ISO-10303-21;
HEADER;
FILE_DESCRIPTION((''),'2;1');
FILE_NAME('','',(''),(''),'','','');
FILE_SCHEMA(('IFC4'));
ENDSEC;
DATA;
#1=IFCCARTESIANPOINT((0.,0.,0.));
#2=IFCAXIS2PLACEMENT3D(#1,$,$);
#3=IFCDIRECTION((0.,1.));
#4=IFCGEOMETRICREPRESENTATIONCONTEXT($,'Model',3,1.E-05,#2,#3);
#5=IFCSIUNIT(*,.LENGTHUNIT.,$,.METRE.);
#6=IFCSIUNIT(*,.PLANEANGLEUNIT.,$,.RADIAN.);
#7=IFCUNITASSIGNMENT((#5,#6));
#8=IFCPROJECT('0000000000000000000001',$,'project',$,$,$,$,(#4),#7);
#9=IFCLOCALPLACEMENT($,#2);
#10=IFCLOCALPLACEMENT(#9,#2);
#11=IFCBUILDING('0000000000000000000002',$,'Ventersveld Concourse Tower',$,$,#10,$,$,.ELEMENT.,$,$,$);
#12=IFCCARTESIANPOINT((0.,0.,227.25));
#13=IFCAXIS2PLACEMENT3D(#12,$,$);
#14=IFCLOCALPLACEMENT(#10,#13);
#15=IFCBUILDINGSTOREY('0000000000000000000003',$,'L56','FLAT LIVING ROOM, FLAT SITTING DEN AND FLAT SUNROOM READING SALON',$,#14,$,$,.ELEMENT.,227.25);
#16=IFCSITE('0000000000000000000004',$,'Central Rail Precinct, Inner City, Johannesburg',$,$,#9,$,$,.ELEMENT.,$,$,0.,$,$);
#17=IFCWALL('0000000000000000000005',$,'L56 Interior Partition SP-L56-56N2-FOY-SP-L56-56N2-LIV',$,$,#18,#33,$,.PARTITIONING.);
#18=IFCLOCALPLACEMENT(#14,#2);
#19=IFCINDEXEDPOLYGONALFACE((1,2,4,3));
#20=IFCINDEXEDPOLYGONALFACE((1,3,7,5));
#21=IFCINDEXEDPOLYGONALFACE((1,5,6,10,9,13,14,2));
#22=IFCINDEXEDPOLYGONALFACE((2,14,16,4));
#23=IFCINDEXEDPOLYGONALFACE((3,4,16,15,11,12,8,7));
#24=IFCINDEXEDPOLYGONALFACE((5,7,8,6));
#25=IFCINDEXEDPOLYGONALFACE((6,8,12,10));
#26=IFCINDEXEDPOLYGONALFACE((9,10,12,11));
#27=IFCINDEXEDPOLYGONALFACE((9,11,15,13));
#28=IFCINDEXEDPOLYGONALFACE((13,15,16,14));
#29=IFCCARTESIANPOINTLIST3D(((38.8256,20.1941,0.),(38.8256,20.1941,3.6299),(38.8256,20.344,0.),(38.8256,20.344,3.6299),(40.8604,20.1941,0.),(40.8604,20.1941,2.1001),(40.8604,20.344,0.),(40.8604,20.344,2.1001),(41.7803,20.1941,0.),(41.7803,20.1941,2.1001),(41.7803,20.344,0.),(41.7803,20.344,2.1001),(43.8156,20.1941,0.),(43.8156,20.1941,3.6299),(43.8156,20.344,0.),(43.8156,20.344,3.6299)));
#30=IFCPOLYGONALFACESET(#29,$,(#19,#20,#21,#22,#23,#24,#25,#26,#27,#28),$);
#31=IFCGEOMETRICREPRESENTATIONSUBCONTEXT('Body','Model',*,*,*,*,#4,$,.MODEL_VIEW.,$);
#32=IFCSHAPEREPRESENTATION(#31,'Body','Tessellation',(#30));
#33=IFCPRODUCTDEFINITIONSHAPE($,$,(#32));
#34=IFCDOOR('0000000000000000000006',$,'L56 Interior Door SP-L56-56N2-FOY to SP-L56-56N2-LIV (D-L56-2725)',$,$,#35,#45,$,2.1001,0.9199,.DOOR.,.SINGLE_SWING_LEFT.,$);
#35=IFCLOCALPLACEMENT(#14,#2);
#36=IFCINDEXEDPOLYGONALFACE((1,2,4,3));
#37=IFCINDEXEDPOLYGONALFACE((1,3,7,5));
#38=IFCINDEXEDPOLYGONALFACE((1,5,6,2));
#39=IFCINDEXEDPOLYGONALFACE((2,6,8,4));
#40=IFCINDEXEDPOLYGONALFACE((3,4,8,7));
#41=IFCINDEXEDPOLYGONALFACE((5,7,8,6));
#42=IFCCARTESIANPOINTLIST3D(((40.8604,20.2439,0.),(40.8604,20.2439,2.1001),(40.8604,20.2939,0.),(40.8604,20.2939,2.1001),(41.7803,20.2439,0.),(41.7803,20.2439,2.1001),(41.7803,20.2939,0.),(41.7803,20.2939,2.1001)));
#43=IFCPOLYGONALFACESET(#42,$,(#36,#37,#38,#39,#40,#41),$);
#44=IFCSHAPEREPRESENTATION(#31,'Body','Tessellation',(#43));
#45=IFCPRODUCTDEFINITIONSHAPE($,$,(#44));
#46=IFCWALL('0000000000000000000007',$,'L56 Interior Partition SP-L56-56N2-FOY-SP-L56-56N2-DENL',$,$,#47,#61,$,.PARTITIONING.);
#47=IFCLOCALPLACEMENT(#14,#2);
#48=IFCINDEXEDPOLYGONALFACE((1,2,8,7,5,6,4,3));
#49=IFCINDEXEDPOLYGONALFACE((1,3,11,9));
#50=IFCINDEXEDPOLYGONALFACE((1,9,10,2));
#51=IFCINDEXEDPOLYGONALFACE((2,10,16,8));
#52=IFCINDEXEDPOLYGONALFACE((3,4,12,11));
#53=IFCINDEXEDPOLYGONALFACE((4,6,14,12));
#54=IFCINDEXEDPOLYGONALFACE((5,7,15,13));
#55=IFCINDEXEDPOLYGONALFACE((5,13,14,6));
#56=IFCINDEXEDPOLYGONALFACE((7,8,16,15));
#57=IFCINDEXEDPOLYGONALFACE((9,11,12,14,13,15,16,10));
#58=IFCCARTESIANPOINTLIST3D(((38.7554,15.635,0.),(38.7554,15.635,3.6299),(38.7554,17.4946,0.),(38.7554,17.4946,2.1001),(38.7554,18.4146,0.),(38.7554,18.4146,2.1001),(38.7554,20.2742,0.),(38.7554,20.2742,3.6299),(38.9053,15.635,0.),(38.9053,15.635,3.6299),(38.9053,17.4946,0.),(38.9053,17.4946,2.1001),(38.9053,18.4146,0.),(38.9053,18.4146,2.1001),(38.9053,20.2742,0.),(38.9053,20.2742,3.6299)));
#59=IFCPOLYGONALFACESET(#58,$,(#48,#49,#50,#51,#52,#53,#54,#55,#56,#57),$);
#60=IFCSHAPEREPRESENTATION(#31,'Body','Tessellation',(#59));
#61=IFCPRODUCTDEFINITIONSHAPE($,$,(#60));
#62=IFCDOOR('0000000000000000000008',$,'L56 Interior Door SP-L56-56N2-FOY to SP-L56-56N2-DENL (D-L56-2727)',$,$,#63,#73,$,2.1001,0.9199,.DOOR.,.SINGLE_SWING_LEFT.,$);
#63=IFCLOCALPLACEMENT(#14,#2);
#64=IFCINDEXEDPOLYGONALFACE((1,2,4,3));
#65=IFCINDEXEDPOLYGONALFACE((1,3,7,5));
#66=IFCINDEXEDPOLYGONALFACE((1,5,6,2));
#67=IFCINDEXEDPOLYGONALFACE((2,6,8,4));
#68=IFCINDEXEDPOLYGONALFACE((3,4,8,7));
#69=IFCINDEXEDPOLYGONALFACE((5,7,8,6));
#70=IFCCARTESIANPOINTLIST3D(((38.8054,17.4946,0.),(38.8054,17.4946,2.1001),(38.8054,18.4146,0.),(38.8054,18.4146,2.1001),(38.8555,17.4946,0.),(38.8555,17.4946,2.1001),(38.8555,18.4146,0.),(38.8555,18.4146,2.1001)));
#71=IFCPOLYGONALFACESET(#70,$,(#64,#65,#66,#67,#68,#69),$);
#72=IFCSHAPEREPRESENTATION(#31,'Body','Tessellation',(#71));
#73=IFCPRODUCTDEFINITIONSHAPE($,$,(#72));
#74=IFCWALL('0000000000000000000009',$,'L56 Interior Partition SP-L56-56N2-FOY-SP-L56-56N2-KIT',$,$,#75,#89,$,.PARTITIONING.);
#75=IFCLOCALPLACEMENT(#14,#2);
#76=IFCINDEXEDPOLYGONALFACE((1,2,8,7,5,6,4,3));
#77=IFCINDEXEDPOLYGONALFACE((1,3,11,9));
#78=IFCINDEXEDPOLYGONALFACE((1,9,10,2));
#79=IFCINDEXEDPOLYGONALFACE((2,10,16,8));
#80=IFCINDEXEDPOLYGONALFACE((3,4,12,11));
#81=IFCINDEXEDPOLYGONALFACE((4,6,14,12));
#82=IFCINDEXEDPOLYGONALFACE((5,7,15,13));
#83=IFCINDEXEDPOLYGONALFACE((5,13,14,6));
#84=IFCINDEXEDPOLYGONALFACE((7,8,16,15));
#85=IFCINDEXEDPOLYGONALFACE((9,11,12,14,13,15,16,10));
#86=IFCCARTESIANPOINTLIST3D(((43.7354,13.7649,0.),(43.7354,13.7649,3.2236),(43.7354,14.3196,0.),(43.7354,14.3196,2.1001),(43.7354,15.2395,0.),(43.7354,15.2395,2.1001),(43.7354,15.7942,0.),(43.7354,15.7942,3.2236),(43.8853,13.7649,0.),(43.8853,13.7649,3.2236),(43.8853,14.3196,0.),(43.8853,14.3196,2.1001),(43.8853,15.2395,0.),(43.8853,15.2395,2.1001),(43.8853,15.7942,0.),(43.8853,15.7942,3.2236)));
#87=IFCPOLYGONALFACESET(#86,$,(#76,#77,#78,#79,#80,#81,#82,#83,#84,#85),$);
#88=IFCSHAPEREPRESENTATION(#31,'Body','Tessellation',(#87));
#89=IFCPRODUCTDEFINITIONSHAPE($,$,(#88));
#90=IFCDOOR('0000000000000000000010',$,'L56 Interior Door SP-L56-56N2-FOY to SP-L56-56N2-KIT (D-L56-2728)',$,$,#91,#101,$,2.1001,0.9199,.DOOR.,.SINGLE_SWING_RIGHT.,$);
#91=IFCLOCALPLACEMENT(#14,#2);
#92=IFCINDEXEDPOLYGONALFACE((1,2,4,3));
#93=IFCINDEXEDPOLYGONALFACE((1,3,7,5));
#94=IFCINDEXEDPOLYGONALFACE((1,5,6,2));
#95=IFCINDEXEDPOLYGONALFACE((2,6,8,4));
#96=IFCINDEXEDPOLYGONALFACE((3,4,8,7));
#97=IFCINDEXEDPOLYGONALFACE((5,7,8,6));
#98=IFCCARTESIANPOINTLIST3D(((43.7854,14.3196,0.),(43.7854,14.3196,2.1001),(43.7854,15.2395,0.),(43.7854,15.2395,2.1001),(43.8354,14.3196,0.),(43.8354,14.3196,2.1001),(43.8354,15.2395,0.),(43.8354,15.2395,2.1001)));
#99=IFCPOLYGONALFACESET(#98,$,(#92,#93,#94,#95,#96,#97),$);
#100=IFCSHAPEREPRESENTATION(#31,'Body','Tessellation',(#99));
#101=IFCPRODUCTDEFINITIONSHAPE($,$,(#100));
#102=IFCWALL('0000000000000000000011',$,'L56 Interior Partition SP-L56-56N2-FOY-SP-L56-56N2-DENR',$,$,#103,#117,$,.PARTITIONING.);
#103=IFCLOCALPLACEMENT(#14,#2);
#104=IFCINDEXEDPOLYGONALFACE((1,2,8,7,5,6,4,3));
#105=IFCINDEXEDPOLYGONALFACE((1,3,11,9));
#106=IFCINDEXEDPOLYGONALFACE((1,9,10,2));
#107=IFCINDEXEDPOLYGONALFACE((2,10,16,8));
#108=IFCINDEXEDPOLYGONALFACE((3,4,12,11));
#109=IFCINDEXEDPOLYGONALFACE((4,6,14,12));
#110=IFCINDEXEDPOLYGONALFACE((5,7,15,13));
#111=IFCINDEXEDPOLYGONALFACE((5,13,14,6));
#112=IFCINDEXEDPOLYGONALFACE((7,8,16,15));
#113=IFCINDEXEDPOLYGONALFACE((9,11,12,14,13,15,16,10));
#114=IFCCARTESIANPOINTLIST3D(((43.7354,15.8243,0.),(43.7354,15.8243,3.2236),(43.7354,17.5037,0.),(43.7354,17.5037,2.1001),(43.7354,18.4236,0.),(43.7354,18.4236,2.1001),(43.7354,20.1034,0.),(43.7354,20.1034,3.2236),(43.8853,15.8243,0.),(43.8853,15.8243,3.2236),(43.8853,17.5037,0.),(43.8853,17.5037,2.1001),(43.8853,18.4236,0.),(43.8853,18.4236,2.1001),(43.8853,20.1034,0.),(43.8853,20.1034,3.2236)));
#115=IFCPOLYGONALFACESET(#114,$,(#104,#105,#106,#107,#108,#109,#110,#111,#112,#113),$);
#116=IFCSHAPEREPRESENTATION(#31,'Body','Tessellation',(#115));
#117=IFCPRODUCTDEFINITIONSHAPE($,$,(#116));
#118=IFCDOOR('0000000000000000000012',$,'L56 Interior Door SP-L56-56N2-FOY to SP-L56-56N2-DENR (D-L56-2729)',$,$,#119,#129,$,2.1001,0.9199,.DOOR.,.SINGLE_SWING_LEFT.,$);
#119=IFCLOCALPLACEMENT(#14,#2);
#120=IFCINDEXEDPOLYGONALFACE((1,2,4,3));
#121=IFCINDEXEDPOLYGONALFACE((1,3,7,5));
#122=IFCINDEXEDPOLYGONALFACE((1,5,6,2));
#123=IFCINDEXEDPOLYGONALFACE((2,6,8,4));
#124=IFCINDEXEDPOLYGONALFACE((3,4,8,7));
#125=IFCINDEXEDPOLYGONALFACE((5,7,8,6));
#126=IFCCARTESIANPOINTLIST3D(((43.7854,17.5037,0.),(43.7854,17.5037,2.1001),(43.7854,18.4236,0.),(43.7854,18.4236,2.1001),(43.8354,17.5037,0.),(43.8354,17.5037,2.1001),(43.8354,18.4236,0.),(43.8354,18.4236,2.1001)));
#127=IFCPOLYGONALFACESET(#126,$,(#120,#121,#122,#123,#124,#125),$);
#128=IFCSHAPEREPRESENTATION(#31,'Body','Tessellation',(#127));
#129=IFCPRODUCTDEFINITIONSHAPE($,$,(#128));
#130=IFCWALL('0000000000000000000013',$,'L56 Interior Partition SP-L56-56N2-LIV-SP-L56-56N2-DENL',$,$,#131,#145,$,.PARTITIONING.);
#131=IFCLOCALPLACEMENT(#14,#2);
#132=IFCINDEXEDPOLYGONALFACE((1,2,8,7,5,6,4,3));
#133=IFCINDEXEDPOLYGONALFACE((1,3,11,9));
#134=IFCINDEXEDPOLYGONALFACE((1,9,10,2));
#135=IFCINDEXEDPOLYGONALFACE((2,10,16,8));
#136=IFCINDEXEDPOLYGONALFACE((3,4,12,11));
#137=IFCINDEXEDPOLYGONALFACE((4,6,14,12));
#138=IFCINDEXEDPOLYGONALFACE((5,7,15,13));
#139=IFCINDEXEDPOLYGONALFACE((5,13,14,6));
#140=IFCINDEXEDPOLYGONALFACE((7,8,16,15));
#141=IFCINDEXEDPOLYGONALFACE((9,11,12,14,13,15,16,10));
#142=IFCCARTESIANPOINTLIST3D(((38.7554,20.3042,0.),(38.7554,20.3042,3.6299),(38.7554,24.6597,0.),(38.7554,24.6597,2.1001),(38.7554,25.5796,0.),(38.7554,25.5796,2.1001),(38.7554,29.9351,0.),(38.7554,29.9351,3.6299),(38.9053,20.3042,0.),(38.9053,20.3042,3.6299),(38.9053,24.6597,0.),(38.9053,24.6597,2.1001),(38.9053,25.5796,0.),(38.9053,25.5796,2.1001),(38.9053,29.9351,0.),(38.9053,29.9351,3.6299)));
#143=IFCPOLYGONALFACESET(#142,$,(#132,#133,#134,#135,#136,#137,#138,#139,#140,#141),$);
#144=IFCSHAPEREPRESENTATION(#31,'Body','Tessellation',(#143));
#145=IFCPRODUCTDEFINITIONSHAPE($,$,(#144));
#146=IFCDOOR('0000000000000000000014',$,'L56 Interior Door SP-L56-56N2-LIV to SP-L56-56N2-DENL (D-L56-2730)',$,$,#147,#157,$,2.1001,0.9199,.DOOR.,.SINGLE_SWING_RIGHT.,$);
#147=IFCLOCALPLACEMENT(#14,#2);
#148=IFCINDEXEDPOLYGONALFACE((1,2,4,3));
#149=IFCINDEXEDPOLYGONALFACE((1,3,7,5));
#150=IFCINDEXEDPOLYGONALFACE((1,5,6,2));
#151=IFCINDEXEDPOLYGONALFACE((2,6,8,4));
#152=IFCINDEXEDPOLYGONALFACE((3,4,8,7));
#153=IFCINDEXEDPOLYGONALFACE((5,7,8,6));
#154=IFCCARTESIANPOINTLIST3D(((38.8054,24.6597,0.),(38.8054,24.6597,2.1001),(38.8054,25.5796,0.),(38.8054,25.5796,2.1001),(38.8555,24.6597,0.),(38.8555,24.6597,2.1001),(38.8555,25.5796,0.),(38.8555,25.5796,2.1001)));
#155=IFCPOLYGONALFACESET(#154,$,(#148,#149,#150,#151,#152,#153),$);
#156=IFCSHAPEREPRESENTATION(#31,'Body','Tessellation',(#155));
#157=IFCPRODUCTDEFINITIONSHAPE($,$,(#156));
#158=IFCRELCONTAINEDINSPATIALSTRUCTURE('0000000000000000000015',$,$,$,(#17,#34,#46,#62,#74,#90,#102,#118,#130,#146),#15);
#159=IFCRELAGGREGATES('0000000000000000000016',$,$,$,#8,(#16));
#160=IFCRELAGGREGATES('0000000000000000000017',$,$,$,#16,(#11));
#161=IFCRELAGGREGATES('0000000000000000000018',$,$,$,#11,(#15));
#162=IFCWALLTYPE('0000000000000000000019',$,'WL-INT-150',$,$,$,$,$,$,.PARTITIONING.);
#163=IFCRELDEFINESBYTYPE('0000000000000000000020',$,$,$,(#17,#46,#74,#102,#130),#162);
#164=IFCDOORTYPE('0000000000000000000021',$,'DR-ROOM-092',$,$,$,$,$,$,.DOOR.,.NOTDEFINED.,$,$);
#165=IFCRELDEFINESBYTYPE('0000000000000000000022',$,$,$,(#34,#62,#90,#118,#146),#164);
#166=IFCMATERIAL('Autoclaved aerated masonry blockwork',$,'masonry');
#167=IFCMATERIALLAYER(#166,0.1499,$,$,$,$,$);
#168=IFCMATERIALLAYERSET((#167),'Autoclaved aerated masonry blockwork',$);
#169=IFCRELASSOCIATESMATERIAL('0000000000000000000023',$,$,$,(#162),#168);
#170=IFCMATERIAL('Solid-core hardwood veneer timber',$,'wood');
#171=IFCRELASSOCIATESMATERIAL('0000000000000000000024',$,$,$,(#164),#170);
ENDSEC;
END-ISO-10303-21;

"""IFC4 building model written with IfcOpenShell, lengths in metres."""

from ifc_helpers import new_model, si_unit, direction, frame, frame_2d, origin, place, context, subcontext, project, spatial, rectangle, extrude, material, layer, layer_set, type_object, element, fill, save


model = new_model("IFC4")

# Units and contexts
model_context = context("Model", 3, precision=1e-05, world=origin(), true_north=direction((0.0, 1.0)))
body_context = subcontext(model_context, "Body", "Model", "MODEL_VIEW")
ifc_project = project(units=[si_unit("LENGTHUNIT", "METRE"), si_unit("PLANEANGLEUNIT", "RADIAN")], contexts=[model_context])

# Site, building, storey
site_placement = place(None, origin())
site = spatial("IfcSite", under=ifc_project, at=site_placement, Name="Central Rail Precinct, Inner City, Johannesburg", CompositionType="ELEMENT", RefElevation=0.0)
building_placement = place(site_placement, origin())
building = spatial("IfcBuilding", under=site, at=building_placement, Name="Ventersveld Concourse Tower", CompositionType="ELEMENT")
storey_placement = place(building_placement, frame((0.0, 0.0, 227.25)))
storey = spatial("IfcBuildingStorey", under=building, at=storey_placement, Name="L56", Description="FLAT LIVING ROOM, FLAT SITTING DEN AND FLAT SUNROOM READING SALON", CompositionType="ELEMENT", Elevation=227.25)

# Shared definitions
ifc_material_1 = material(Name="Solid-core hardwood veneer timber", Category="wood")

# Walls, openings, doors
ifc_material_2 = material(Name="Autoclaved aerated masonry blockwork", Category="masonry")
ifc_layer_1 = layer(ifc_material_2, 0.1499)
ifc_layer_set_1 = layer_set([ifc_layer_1], Name="Autoclaved aerated masonry blockwork")
wall_type_1 = type_object("IfcWallType", Name="WL-INT-150", PredefinedType="PARTITIONING", material=ifc_layer_set_1)
wall_1_placement = place(storey_placement, frame((38.8254, 20.269, 0.0), z_axis=(0.0, 0.0, 1.0), x_axis=(1.0, 0.0, 0.0)))
wall_1 = element("IfcWall", 1, at=wall_1_placement, inside=storey, type_object=wall_type_1, Name="L56 Interior Partition SP-L56-56N2-FOY-SP-L56-56N2-LIV", PredefinedType="PARTITIONING", context=body_context, shape_type="SweptSolid", body=[
    extrude(rectangle(XDim=4.99, YDim=0.1499, at=frame_2d((2.4951, 0.0))), origin(), (0.0, 0.0, 1.0), 3.6299),
])
opening_1_placement = place(wall_1_placement, frame((2.0349, 0.0, 0.0)))
opening_1 = element("IfcOpeningElement", 2, at=opening_1_placement, cuts=wall_1, PredefinedType="OPENING", context=body_context, shape_type="SweptSolid", body=[
    extrude(rectangle(XDim=0.9199, YDim=2.1001, at=frame_2d((0.46, 1.05))), frame((0.0, 0.085, 0.0), z_axis=(0.0, -1.0, 0.0), x_axis=(1.0, 0.0, 0.0)), (0.0, 0.0, 1.0), 0.1699),
])
door_type_1 = type_object("IfcDoorType", Name="DR-ROOM-092", OperationType="NOTDEFINED", PredefinedType="DOOR", material=ifc_material_1)
door_1_placement = place(opening_1_placement, origin())
door_1 = element("IfcDoor", 3, at=door_1_placement, inside=storey, type_object=door_type_1, Name="L56 Interior Door SP-L56-56N2-FOY to SP-L56-56N2-LIV (D-L56-2725)", OperationType="SINGLE_SWING_LEFT", OverallHeight=2.1001, OverallWidth=0.9199, PredefinedType="DOOR", context=body_context, shape_type="SweptSolid", body=[
    extrude(rectangle(XDim=0.9199, YDim=2.1001, at=frame_2d((0.46, 1.05))), frame((0.0, 0.0249, 0.0), z_axis=(0.0, -1.0, 0.0), x_axis=(1.0, 0.0, 0.0)), (0.0, 0.0, 1.0), 0.05),
])
fill(opening_1, door_1)
wall_2_placement = place(storey_placement, frame((38.8303, 15.635, 0.0), z_axis=(0.0, 0.0, 1.0), x_axis=(0.0, 1.0, 0.0)))
wall_2 = element("IfcWall", 4, at=wall_2_placement, inside=storey, type_object=wall_type_1, Name="L56 Interior Partition SP-L56-56N2-FOY-SP-L56-56N2-DENL", PredefinedType="PARTITIONING", context=body_context, shape_type="SweptSolid", body=[
    extrude(rectangle(XDim=4.6392, YDim=0.1499, at=frame_2d((2.3196, 0.0))), origin(), (0.0, 0.0, 1.0), 3.6299),
])
opening_2_placement = place(wall_2_placement, frame((1.8596, 0.0, 0.0)))
opening_2 = element("IfcOpeningElement", 5, at=opening_2_placement, cuts=wall_2, PredefinedType="OPENING", context=body_context, shape_type="SweptSolid", body=[
    extrude(rectangle(XDim=0.9199, YDim=2.1001, at=frame_2d((0.46, 1.05))), frame((0.0, 0.085, 0.0), z_axis=(0.0, -1.0, 0.0), x_axis=(1.0, 0.0, 0.0)), (0.0, 0.0, 1.0), 0.1699),
])
door_2_placement = place(opening_2_placement, origin())
door_2 = element("IfcDoor", 6, at=door_2_placement, inside=storey, type_object=door_type_1, Name="L56 Interior Door SP-L56-56N2-FOY to SP-L56-56N2-DENL (D-L56-2727)", OperationType="SINGLE_SWING_LEFT", OverallHeight=2.1001, OverallWidth=0.9199, PredefinedType="DOOR", context=body_context, shape_type="SweptSolid", body=[
    extrude(rectangle(XDim=0.9199, YDim=2.1001, at=frame_2d((0.46, 1.05))), frame((0.0, 0.0249, 0.0), z_axis=(0.0, -1.0, 0.0), x_axis=(1.0, 0.0, 0.0)), (0.0, 0.0, 1.0), 0.05),
])
fill(opening_2, door_2)
wall_3_placement = place(storey_placement, frame((43.8103, 13.7649, 0.0), z_axis=(0.0, 0.0, 1.0), x_axis=(0.0, 1.0, 0.0)))
wall_3 = element("IfcWall", 7, at=wall_3_placement, inside=storey, type_object=wall_type_1, Name="L56 Interior Partition SP-L56-56N2-FOY-SP-L56-56N2-KIT", PredefinedType="PARTITIONING", context=body_context, shape_type="SweptSolid", body=[
    extrude(rectangle(XDim=2.0293, YDim=0.1499, at=frame_2d((1.0146, 0.0))), origin(), (0.0, 0.0, 1.0), 3.2236),
])
opening_3_placement = place(wall_3_placement, frame((0.5547, 0.0, 0.0)))
opening_3 = element("IfcOpeningElement", 8, at=opening_3_placement, cuts=wall_3, PredefinedType="OPENING", context=body_context, shape_type="SweptSolid", body=[
    extrude(rectangle(XDim=0.9199, YDim=2.1001, at=frame_2d((0.46, 1.05))), frame((0.0, 0.085, 0.0), z_axis=(0.0, -1.0, 0.0), x_axis=(1.0, 0.0, 0.0)), (0.0, 0.0, 1.0), 0.1699),
])
door_3_placement = place(opening_3_placement, origin())
door_3 = element("IfcDoor", 9, at=door_3_placement, inside=storey, type_object=door_type_1, Name="L56 Interior Door SP-L56-56N2-FOY to SP-L56-56N2-KIT (D-L56-2728)", OperationType="SINGLE_SWING_RIGHT", OverallHeight=2.1001, OverallWidth=0.9199, PredefinedType="DOOR", context=body_context, shape_type="SweptSolid", body=[
    extrude(rectangle(XDim=0.9199, YDim=2.1001, at=frame_2d((0.46, 1.05))), frame((0.0, 0.0249, 0.0), z_axis=(0.0, -1.0, 0.0), x_axis=(1.0, 0.0, 0.0)), (0.0, 0.0, 1.0), 0.05),
])
fill(opening_3, door_3)
wall_4_placement = place(storey_placement, frame((43.8103, 15.8242, 0.0), z_axis=(0.0, 0.0, 1.0), x_axis=(0.0, 1.0, 0.0)))
wall_4 = element("IfcWall", 10, at=wall_4_placement, inside=storey, type_object=wall_type_1, Name="L56 Interior Partition SP-L56-56N2-FOY-SP-L56-56N2-DENR", PredefinedType="PARTITIONING", context=body_context, shape_type="SweptSolid", body=[
    extrude(rectangle(XDim=4.2791, YDim=0.1499, at=frame_2d((2.1396, 0.0))), origin(), (0.0, 0.0, 1.0), 3.2236),
])
opening_4_placement = place(wall_4_placement, frame((1.6794, 0.0, 0.0)))
opening_4 = element("IfcOpeningElement", 11, at=opening_4_placement, cuts=wall_4, PredefinedType="OPENING", context=body_context, shape_type="SweptSolid", body=[
    extrude(rectangle(XDim=0.9199, YDim=2.1001, at=frame_2d((0.46, 1.05))), frame((0.0, 0.085, 0.0), z_axis=(0.0, -1.0, 0.0), x_axis=(1.0, 0.0, 0.0)), (0.0, 0.0, 1.0), 0.1699),
])
door_4_placement = place(opening_4_placement, origin())
door_4 = element("IfcDoor", 12, at=door_4_placement, inside=storey, type_object=door_type_1, Name="L56 Interior Door SP-L56-56N2-FOY to SP-L56-56N2-DENR (D-L56-2729)", OperationType="SINGLE_SWING_LEFT", OverallHeight=2.1001, OverallWidth=0.9199, PredefinedType="DOOR", context=body_context, shape_type="SweptSolid", body=[
    extrude(rectangle(XDim=0.9199, YDim=2.1001, at=frame_2d((0.46, 1.05))), frame((0.0, 0.0249, 0.0), z_axis=(0.0, -1.0, 0.0), x_axis=(1.0, 0.0, 0.0)), (0.0, 0.0, 1.0), 0.05),
])
fill(opening_4, door_4)
wall_5_placement = place(storey_placement, frame((38.8303, 20.3042, 0.0), z_axis=(0.0, 0.0, 1.0), x_axis=(0.0, 1.0, 0.0)))
wall_5 = element("IfcWall", 13, at=wall_5_placement, inside=storey, type_object=wall_type_1, Name="L56 Interior Partition SP-L56-56N2-LIV-SP-L56-56N2-DENL", PredefinedType="PARTITIONING", context=body_context, shape_type="SweptSolid", body=[
    extrude(rectangle(XDim=9.6309, YDim=0.1499, at=frame_2d((4.8154, 0.0))), origin(), (0.0, 0.0, 1.0), 3.6299),
])
opening_5_placement = place(wall_5_placement, frame((4.3555, 0.0, 0.0)))
opening_5 = element("IfcOpeningElement", 14, at=opening_5_placement, cuts=wall_5, PredefinedType="OPENING", context=body_context, shape_type="SweptSolid", body=[
    extrude(rectangle(XDim=0.9199, YDim=2.1001, at=frame_2d((0.46, 1.05))), frame((0.0, 0.085, 0.0), z_axis=(0.0, -1.0, 0.0), x_axis=(1.0, 0.0, 0.0)), (0.0, 0.0, 1.0), 0.1699),
])
door_5_placement = place(opening_5_placement, origin())
door_5 = element("IfcDoor", 15, at=door_5_placement, inside=storey, type_object=door_type_1, Name="L56 Interior Door SP-L56-56N2-LIV to SP-L56-56N2-DENL (D-L56-2730)", OperationType="SINGLE_SWING_RIGHT", OverallHeight=2.1001, OverallWidth=0.9199, PredefinedType="DOOR", context=body_context, shape_type="SweptSolid", body=[
    extrude(rectangle(XDim=0.9199, YDim=2.1001, at=frame_2d((0.46, 1.05))), frame((0.0, 0.0249, 0.0), z_axis=(0.0, -1.0, 0.0), x_axis=(1.0, 0.0, 0.0)), (0.0, 0.0, 1.0), 0.05),
])
fill(opening_5, door_5)

save(model, "model.ifc")
